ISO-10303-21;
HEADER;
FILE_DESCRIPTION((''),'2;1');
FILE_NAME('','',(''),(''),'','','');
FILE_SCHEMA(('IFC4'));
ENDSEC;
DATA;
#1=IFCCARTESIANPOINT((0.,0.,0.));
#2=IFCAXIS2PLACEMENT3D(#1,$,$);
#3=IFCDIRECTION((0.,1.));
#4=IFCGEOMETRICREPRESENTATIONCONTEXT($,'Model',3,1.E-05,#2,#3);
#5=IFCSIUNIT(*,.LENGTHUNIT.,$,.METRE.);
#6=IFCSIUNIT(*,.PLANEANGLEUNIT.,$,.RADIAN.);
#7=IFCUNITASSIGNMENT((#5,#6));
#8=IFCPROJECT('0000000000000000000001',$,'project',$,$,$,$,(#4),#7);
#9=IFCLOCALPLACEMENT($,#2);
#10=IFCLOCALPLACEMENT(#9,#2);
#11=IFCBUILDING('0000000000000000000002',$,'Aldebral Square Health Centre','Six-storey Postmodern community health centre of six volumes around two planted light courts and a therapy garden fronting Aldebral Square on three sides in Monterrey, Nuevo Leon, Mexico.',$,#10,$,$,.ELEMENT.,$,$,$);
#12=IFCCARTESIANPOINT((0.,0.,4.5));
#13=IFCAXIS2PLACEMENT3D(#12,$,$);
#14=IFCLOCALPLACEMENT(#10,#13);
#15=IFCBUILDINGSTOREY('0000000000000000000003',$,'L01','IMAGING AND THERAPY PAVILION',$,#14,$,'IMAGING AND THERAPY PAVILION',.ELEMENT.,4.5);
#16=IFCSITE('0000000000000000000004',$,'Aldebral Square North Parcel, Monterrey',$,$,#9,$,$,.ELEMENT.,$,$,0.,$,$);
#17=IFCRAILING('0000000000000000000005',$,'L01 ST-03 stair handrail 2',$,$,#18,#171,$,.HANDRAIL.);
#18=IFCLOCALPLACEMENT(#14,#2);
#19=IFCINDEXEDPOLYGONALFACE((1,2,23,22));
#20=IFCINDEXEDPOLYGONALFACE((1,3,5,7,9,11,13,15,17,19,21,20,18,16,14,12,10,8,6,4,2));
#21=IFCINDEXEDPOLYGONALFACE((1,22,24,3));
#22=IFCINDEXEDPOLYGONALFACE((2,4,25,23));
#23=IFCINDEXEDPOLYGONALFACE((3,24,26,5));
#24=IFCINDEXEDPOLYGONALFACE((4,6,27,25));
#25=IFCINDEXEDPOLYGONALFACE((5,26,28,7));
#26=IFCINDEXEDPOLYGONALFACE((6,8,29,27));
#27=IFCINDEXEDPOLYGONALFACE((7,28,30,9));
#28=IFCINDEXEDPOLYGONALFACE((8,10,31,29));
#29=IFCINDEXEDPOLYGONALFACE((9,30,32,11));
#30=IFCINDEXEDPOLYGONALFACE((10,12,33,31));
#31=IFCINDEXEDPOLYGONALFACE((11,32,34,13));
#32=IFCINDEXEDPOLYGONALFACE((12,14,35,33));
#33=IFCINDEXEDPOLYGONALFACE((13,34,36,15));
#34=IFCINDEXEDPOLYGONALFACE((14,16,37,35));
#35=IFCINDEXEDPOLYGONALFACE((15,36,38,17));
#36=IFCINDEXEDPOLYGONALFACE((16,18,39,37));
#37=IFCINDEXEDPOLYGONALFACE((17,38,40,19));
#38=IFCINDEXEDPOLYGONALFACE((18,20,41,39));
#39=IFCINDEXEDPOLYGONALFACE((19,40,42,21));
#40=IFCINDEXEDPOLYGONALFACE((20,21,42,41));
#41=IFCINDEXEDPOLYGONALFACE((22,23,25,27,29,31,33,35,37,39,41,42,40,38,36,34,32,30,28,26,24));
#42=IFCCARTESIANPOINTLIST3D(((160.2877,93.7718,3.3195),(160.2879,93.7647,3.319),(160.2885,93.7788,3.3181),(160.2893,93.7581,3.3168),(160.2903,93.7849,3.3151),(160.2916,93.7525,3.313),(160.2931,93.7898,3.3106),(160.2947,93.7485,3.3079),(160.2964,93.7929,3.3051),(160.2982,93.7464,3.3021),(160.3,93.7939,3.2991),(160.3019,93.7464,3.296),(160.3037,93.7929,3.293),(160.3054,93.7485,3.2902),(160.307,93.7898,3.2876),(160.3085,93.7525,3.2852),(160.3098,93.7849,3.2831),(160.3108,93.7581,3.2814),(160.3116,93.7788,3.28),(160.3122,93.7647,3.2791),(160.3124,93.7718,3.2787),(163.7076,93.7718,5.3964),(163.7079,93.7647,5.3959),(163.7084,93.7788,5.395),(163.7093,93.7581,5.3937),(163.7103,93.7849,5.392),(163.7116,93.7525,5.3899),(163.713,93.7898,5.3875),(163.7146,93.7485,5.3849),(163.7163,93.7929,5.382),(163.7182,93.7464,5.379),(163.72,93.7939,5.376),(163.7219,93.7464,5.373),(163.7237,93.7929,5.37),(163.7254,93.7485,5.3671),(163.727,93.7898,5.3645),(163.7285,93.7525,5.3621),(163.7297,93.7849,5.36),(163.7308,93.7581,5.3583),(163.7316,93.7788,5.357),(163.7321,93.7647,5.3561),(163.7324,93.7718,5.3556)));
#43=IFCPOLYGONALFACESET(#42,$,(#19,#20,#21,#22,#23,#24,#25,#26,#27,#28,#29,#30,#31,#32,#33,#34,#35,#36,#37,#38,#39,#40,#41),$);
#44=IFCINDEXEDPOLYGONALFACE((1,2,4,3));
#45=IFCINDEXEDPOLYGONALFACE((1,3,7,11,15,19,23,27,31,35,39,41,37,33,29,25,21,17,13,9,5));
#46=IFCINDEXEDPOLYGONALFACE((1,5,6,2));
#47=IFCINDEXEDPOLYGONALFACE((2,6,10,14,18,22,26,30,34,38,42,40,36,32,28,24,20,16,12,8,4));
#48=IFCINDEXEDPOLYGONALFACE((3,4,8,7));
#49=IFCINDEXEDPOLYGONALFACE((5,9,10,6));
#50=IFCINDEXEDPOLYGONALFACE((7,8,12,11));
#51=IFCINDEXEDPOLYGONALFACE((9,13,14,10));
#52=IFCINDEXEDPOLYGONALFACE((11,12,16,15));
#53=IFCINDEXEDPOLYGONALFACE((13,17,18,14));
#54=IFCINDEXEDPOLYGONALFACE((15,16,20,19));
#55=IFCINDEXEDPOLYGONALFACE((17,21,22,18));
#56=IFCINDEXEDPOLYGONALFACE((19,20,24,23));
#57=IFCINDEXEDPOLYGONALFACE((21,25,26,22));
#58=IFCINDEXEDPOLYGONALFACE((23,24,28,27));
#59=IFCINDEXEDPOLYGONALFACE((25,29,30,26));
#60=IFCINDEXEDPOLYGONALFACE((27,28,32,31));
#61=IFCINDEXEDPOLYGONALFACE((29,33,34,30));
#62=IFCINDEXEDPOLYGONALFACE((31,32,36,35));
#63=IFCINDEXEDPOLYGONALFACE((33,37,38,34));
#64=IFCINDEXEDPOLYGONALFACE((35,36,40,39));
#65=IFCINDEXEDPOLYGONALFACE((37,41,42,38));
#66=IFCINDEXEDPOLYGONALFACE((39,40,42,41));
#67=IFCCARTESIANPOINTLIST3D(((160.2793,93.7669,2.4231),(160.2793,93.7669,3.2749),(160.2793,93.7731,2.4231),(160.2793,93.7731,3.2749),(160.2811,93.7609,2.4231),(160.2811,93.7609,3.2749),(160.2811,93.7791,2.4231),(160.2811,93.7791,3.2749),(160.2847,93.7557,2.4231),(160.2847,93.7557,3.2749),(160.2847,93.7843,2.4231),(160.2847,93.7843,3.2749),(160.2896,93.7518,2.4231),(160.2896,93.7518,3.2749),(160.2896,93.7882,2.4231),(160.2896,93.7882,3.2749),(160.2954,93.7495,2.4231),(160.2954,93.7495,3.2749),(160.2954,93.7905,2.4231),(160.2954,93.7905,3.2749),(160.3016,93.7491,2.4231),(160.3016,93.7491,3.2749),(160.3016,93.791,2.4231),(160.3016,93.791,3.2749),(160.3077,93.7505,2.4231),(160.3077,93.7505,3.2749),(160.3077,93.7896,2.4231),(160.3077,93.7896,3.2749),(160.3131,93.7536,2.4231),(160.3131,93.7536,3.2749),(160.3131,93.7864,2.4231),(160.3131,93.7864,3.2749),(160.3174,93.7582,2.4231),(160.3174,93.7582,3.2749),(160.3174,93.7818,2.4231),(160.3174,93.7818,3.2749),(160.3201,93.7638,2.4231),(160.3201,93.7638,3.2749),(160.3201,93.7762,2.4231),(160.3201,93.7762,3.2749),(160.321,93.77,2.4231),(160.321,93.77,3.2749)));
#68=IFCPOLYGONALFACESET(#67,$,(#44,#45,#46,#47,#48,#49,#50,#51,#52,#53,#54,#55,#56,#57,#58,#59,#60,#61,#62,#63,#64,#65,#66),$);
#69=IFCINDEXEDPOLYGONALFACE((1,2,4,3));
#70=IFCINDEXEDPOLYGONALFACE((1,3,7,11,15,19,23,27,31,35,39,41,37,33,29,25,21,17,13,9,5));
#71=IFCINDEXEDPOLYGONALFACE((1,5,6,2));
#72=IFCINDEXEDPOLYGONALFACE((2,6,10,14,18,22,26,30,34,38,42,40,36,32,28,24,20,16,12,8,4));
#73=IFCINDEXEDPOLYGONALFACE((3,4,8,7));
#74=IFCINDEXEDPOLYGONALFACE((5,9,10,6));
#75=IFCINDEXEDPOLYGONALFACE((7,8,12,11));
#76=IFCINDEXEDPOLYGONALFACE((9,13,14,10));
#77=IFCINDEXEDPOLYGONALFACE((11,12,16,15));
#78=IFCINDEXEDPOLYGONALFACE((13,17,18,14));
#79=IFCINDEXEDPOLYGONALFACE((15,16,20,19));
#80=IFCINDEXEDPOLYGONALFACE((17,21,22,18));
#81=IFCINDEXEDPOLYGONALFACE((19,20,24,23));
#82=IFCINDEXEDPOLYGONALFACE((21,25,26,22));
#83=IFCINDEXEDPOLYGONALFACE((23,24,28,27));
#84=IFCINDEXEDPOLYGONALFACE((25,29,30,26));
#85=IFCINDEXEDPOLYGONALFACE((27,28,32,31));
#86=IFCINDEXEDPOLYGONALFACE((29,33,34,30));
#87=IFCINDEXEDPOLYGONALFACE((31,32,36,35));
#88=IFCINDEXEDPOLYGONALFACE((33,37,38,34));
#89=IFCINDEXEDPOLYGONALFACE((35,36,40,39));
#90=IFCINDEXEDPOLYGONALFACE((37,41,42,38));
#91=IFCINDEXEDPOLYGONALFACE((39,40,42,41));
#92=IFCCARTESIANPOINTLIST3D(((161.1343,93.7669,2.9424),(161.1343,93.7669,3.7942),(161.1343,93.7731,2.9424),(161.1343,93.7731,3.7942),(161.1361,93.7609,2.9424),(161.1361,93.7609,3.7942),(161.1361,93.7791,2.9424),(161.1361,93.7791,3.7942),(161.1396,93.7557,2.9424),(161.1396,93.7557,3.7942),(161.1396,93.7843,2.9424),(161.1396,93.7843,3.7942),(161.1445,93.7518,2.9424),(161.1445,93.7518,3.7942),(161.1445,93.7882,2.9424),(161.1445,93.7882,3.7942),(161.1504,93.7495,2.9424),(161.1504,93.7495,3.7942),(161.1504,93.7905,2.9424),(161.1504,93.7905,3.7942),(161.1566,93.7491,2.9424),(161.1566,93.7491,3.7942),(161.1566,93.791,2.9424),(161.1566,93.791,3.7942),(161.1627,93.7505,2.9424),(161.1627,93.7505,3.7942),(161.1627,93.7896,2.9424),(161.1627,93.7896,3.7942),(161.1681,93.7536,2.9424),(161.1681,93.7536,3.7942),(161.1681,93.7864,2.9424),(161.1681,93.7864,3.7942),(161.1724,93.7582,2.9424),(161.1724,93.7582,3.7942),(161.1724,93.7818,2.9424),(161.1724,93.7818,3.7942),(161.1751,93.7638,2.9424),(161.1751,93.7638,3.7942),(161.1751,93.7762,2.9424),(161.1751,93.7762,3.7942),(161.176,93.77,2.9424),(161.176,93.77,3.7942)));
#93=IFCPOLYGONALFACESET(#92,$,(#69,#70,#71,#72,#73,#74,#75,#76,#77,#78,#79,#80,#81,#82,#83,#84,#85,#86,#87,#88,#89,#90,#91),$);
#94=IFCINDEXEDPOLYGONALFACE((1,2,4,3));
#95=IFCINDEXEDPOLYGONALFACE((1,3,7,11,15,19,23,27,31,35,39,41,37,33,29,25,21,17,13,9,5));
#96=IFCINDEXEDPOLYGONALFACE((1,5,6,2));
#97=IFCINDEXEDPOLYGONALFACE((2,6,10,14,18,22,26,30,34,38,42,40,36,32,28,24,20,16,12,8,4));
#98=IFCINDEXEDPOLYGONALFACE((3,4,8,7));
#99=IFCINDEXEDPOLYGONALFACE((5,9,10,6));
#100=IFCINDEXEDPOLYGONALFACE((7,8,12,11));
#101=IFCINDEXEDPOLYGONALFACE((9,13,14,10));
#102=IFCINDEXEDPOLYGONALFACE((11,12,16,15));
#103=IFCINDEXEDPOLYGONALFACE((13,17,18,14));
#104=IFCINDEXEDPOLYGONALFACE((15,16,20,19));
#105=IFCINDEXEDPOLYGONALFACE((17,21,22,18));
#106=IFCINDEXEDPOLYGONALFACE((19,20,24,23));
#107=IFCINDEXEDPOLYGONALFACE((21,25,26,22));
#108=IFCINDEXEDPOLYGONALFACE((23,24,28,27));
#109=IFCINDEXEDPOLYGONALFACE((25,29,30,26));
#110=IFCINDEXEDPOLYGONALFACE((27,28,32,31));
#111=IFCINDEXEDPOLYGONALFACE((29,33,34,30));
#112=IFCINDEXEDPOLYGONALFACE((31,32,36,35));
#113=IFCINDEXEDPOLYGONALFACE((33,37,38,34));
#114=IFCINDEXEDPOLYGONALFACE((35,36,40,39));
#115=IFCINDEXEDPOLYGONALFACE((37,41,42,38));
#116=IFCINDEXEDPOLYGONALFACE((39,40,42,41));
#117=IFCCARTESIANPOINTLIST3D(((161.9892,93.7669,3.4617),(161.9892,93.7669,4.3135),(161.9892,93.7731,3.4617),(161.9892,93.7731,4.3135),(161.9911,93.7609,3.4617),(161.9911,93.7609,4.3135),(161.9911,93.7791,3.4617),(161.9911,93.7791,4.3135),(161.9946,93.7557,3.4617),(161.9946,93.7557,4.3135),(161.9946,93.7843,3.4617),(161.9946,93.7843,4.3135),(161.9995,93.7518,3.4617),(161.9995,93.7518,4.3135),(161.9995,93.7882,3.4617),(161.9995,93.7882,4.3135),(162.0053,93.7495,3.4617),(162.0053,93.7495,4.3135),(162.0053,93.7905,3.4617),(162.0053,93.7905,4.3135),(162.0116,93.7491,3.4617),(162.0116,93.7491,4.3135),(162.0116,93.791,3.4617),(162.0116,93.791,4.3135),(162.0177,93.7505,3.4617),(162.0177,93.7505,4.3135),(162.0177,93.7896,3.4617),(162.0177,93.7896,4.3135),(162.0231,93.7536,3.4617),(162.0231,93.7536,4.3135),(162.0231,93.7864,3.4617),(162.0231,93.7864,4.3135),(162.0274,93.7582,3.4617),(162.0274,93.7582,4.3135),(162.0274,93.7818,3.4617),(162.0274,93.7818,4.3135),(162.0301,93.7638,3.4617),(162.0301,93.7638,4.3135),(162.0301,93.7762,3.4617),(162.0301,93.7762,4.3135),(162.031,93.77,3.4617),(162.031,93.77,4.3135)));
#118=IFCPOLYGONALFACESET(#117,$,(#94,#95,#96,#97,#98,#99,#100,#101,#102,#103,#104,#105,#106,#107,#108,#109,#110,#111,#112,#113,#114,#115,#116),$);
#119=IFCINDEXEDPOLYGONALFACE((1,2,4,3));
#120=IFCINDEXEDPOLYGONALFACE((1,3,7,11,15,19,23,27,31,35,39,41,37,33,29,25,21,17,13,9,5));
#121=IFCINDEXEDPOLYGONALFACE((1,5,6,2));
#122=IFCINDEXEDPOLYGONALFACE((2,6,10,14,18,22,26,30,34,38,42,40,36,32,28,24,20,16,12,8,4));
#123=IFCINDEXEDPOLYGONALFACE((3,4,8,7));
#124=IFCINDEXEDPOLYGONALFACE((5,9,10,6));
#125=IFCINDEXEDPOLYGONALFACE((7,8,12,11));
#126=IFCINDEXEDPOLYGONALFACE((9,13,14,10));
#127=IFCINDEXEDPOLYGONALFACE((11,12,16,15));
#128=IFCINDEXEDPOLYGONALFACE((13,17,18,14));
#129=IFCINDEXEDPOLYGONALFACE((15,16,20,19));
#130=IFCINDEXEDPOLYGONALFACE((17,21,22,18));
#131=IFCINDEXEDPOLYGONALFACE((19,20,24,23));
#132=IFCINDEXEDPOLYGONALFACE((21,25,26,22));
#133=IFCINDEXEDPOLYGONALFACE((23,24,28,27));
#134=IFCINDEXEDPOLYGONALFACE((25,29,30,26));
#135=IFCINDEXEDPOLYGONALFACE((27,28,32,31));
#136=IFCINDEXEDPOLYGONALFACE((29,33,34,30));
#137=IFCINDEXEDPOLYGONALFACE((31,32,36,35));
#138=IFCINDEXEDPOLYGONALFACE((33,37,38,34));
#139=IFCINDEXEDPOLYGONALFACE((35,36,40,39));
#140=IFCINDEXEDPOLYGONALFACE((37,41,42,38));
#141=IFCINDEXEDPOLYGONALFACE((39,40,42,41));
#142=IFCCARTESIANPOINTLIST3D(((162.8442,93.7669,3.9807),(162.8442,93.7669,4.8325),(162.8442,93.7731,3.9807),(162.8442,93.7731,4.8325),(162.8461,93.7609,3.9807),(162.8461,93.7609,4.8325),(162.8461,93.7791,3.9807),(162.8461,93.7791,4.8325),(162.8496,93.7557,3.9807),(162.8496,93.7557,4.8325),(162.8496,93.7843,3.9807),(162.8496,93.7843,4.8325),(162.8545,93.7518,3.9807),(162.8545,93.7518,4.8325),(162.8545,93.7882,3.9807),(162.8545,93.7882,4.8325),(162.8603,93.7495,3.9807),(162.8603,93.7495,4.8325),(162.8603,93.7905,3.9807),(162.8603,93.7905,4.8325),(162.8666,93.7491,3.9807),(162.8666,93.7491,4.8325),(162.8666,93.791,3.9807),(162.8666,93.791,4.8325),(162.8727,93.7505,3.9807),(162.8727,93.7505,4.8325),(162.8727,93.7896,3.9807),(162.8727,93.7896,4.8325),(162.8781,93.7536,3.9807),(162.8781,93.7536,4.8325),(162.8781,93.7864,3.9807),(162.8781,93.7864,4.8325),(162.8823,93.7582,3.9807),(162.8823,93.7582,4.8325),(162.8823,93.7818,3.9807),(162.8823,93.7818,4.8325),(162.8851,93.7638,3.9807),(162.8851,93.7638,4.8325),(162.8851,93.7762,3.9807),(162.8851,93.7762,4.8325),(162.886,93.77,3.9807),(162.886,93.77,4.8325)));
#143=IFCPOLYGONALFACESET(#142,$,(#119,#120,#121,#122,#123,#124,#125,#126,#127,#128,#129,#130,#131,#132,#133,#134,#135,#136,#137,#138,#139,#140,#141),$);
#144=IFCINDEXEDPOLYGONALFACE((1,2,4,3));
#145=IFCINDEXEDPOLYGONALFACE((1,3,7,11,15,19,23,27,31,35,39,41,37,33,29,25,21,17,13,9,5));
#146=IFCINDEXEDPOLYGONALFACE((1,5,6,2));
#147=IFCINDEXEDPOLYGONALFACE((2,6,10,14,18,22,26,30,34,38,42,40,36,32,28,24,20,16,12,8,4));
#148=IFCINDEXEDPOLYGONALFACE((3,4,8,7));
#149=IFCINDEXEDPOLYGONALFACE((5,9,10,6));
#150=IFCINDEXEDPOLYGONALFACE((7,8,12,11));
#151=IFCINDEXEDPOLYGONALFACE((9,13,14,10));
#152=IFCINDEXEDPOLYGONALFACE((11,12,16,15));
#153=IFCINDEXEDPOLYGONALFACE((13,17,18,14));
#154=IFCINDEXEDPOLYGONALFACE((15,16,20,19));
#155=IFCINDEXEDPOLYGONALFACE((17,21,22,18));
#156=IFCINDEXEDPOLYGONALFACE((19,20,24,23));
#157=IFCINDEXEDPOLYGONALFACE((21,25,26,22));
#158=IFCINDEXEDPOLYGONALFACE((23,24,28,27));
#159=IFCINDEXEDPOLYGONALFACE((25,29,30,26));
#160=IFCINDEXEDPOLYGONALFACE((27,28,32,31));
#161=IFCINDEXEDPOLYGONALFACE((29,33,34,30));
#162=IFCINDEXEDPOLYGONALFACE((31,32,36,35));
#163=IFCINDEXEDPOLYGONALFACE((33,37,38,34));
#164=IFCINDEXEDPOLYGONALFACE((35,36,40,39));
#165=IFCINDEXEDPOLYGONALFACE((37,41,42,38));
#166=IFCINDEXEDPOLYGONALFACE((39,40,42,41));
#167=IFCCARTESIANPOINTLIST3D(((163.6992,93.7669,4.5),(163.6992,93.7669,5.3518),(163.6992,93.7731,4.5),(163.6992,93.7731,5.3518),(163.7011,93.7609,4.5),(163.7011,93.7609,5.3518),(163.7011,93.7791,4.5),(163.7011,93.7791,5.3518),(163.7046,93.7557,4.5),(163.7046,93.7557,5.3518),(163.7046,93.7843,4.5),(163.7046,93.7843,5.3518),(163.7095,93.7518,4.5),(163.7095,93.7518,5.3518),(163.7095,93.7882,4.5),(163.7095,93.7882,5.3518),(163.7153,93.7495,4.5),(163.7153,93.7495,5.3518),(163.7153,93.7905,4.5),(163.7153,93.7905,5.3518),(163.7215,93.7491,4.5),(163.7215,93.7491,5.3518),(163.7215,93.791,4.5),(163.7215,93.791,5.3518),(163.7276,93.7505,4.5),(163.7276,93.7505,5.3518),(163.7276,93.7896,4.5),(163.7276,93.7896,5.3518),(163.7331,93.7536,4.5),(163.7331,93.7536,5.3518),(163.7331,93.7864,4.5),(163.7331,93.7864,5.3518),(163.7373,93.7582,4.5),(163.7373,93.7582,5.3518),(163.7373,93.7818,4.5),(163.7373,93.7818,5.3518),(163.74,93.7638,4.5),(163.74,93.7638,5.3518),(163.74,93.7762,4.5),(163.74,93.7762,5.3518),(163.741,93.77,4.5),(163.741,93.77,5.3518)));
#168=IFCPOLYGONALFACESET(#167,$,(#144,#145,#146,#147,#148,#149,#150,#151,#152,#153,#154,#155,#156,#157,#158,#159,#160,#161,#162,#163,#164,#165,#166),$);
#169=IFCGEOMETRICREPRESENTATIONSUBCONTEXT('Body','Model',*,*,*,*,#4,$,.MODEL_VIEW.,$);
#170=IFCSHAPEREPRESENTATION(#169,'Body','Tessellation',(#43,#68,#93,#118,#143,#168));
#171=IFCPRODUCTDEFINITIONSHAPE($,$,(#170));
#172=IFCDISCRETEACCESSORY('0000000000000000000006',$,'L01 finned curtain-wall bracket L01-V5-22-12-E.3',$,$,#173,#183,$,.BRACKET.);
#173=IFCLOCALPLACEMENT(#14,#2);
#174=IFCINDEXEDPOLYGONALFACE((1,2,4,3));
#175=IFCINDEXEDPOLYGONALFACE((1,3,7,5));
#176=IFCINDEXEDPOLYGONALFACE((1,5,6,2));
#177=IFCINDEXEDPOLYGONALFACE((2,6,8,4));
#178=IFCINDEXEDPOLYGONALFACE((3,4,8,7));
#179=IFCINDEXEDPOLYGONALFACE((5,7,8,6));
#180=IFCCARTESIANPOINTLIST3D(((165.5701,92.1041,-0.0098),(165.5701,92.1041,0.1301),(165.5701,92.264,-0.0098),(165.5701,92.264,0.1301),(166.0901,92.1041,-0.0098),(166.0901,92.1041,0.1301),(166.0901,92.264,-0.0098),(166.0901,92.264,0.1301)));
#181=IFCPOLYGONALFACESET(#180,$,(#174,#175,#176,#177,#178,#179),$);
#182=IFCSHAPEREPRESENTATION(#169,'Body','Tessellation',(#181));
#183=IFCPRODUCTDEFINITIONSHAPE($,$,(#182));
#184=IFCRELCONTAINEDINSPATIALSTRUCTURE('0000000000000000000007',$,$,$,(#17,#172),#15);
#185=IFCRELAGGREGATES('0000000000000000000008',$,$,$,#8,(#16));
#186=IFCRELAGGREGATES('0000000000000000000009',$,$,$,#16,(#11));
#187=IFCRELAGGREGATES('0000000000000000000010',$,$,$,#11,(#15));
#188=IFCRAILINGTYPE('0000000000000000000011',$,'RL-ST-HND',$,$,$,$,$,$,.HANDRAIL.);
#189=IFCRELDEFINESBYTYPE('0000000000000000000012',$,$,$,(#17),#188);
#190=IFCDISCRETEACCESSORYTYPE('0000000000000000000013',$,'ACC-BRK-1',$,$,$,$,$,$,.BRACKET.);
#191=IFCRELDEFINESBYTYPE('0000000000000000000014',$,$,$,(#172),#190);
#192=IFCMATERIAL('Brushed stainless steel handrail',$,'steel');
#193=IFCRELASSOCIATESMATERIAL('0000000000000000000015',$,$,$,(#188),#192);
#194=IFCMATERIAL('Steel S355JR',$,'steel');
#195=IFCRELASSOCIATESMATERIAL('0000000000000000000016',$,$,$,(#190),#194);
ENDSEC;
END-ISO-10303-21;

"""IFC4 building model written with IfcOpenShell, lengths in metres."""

from ifc_helpers import new_model, si_unit, direction, frame, origin, origin_2d, place, context, subcontext, project, spatial, rectangle, circle, extrude, material, type_object, element, save


model = new_model("IFC4")

# Units and contexts
model_context = context("Model", 3, precision=1e-05, world=origin(), true_north=direction((0.0, 1.0)))
body_context = subcontext(model_context, "Body", "Model", "MODEL_VIEW")
ifc_project = project(units=[si_unit("LENGTHUNIT", "METRE"), si_unit("PLANEANGLEUNIT", "RADIAN")], contexts=[model_context])

# Site, building, storey
site_placement = place(None, origin())
site = spatial("IfcSite", under=ifc_project, at=site_placement, Name="Aldebral Square North Parcel, Monterrey", CompositionType="ELEMENT", RefElevation=0.0)
building_placement = place(site_placement, origin())
building = spatial("IfcBuilding", under=site, at=building_placement, Name="Aldebral Square Health Centre", Description="Six-storey Postmodern community health centre of six volumes around two planted light courts and a therapy garden fronting Aldebral Square on three sides in Monterrey, Nuevo Leon, Mexico.", CompositionType="ELEMENT")
storey_placement = place(building_placement, frame((0.0, 0.0, 4.5)))
storey = spatial("IfcBuildingStorey", under=building, at=storey_placement, Name="L01", Description="IMAGING AND THERAPY PAVILION", LongName="IMAGING AND THERAPY PAVILION", CompositionType="ELEMENT", Elevation=4.5)

# Railing
ifc_material_1 = material(Name="Brushed stainless steel handrail", Category="steel")
railing_type_1 = type_object("IfcRailingType", Name="RL-ST-HND", PredefinedType="HANDRAIL", material=ifc_material_1)
railing_1_placement = place(storey_placement, frame((160.3, 93.77, 2.4231)))
element("IfcRailing", 1, at=railing_1_placement, inside=storey, type_object=railing_type_1, Name="L01 ST-03 stair handrail 2", PredefinedType="HANDRAIL", context=body_context, shape_type="SweptSolid", body=[
    extrude(circle(Radius=0.0239, at=origin_2d()), frame((0.0, 0.0, 0.876), z_axis=(0.85473, 0.0, 0.519074), x_axis=(0.0, 1.0, 0.0)), (0.0, 0.0, 1.0), 4.0012),
    extrude(circle(Radius=0.021, at=origin_2d()), origin(), (0.0, 0.0, 1.0), 0.8518),
    extrude(circle(Radius=0.021, at=origin_2d()), frame((0.855, 0.0, 0.5193)), (0.0, 0.0, 1.0), 0.8518),
    extrude(circle(Radius=0.021, at=origin_2d()), frame((1.71, 0.0, 1.0386)), (0.0, 0.0, 1.0), 0.8518),
    extrude(circle(Radius=0.021, at=origin_2d()), frame((2.5649, 0.0, 1.5576)), (0.0, 0.0, 1.0), 0.8518),
    extrude(circle(Radius=0.021, at=origin_2d()), frame((3.4199, 0.0, 2.0769)), (0.0, 0.0, 1.0), 0.8518),
])

# Discrete accessory
ifc_material_2 = material(Name="Steel S355JR", Category="steel")
discrete_accessory_type = type_object("IfcDiscreteAccessoryType", Name="ACC-BRK-1", PredefinedType="BRACKET", material=ifc_material_2)
discrete_accessory_placement = place(storey_placement, frame((165.8301, 92.1841, -0.0098), z_axis=(0.0, 0.0, 1.0), x_axis=(0.0, 1.0, 0.0)))
element("IfcDiscreteAccessory", 2, at=discrete_accessory_placement, inside=storey, type_object=discrete_accessory_type, Name="L01 finned curtain-wall bracket L01-V5-22-12-E.3", PredefinedType="BRACKET", context=body_context, shape_type="SweptSolid", body=[
    extrude(rectangle(XDim=0.1599, YDim=0.52, at=origin_2d()), origin(), (0.0, 0.0, 1.0), 0.1399),
])

save(model, "model.ifc")
